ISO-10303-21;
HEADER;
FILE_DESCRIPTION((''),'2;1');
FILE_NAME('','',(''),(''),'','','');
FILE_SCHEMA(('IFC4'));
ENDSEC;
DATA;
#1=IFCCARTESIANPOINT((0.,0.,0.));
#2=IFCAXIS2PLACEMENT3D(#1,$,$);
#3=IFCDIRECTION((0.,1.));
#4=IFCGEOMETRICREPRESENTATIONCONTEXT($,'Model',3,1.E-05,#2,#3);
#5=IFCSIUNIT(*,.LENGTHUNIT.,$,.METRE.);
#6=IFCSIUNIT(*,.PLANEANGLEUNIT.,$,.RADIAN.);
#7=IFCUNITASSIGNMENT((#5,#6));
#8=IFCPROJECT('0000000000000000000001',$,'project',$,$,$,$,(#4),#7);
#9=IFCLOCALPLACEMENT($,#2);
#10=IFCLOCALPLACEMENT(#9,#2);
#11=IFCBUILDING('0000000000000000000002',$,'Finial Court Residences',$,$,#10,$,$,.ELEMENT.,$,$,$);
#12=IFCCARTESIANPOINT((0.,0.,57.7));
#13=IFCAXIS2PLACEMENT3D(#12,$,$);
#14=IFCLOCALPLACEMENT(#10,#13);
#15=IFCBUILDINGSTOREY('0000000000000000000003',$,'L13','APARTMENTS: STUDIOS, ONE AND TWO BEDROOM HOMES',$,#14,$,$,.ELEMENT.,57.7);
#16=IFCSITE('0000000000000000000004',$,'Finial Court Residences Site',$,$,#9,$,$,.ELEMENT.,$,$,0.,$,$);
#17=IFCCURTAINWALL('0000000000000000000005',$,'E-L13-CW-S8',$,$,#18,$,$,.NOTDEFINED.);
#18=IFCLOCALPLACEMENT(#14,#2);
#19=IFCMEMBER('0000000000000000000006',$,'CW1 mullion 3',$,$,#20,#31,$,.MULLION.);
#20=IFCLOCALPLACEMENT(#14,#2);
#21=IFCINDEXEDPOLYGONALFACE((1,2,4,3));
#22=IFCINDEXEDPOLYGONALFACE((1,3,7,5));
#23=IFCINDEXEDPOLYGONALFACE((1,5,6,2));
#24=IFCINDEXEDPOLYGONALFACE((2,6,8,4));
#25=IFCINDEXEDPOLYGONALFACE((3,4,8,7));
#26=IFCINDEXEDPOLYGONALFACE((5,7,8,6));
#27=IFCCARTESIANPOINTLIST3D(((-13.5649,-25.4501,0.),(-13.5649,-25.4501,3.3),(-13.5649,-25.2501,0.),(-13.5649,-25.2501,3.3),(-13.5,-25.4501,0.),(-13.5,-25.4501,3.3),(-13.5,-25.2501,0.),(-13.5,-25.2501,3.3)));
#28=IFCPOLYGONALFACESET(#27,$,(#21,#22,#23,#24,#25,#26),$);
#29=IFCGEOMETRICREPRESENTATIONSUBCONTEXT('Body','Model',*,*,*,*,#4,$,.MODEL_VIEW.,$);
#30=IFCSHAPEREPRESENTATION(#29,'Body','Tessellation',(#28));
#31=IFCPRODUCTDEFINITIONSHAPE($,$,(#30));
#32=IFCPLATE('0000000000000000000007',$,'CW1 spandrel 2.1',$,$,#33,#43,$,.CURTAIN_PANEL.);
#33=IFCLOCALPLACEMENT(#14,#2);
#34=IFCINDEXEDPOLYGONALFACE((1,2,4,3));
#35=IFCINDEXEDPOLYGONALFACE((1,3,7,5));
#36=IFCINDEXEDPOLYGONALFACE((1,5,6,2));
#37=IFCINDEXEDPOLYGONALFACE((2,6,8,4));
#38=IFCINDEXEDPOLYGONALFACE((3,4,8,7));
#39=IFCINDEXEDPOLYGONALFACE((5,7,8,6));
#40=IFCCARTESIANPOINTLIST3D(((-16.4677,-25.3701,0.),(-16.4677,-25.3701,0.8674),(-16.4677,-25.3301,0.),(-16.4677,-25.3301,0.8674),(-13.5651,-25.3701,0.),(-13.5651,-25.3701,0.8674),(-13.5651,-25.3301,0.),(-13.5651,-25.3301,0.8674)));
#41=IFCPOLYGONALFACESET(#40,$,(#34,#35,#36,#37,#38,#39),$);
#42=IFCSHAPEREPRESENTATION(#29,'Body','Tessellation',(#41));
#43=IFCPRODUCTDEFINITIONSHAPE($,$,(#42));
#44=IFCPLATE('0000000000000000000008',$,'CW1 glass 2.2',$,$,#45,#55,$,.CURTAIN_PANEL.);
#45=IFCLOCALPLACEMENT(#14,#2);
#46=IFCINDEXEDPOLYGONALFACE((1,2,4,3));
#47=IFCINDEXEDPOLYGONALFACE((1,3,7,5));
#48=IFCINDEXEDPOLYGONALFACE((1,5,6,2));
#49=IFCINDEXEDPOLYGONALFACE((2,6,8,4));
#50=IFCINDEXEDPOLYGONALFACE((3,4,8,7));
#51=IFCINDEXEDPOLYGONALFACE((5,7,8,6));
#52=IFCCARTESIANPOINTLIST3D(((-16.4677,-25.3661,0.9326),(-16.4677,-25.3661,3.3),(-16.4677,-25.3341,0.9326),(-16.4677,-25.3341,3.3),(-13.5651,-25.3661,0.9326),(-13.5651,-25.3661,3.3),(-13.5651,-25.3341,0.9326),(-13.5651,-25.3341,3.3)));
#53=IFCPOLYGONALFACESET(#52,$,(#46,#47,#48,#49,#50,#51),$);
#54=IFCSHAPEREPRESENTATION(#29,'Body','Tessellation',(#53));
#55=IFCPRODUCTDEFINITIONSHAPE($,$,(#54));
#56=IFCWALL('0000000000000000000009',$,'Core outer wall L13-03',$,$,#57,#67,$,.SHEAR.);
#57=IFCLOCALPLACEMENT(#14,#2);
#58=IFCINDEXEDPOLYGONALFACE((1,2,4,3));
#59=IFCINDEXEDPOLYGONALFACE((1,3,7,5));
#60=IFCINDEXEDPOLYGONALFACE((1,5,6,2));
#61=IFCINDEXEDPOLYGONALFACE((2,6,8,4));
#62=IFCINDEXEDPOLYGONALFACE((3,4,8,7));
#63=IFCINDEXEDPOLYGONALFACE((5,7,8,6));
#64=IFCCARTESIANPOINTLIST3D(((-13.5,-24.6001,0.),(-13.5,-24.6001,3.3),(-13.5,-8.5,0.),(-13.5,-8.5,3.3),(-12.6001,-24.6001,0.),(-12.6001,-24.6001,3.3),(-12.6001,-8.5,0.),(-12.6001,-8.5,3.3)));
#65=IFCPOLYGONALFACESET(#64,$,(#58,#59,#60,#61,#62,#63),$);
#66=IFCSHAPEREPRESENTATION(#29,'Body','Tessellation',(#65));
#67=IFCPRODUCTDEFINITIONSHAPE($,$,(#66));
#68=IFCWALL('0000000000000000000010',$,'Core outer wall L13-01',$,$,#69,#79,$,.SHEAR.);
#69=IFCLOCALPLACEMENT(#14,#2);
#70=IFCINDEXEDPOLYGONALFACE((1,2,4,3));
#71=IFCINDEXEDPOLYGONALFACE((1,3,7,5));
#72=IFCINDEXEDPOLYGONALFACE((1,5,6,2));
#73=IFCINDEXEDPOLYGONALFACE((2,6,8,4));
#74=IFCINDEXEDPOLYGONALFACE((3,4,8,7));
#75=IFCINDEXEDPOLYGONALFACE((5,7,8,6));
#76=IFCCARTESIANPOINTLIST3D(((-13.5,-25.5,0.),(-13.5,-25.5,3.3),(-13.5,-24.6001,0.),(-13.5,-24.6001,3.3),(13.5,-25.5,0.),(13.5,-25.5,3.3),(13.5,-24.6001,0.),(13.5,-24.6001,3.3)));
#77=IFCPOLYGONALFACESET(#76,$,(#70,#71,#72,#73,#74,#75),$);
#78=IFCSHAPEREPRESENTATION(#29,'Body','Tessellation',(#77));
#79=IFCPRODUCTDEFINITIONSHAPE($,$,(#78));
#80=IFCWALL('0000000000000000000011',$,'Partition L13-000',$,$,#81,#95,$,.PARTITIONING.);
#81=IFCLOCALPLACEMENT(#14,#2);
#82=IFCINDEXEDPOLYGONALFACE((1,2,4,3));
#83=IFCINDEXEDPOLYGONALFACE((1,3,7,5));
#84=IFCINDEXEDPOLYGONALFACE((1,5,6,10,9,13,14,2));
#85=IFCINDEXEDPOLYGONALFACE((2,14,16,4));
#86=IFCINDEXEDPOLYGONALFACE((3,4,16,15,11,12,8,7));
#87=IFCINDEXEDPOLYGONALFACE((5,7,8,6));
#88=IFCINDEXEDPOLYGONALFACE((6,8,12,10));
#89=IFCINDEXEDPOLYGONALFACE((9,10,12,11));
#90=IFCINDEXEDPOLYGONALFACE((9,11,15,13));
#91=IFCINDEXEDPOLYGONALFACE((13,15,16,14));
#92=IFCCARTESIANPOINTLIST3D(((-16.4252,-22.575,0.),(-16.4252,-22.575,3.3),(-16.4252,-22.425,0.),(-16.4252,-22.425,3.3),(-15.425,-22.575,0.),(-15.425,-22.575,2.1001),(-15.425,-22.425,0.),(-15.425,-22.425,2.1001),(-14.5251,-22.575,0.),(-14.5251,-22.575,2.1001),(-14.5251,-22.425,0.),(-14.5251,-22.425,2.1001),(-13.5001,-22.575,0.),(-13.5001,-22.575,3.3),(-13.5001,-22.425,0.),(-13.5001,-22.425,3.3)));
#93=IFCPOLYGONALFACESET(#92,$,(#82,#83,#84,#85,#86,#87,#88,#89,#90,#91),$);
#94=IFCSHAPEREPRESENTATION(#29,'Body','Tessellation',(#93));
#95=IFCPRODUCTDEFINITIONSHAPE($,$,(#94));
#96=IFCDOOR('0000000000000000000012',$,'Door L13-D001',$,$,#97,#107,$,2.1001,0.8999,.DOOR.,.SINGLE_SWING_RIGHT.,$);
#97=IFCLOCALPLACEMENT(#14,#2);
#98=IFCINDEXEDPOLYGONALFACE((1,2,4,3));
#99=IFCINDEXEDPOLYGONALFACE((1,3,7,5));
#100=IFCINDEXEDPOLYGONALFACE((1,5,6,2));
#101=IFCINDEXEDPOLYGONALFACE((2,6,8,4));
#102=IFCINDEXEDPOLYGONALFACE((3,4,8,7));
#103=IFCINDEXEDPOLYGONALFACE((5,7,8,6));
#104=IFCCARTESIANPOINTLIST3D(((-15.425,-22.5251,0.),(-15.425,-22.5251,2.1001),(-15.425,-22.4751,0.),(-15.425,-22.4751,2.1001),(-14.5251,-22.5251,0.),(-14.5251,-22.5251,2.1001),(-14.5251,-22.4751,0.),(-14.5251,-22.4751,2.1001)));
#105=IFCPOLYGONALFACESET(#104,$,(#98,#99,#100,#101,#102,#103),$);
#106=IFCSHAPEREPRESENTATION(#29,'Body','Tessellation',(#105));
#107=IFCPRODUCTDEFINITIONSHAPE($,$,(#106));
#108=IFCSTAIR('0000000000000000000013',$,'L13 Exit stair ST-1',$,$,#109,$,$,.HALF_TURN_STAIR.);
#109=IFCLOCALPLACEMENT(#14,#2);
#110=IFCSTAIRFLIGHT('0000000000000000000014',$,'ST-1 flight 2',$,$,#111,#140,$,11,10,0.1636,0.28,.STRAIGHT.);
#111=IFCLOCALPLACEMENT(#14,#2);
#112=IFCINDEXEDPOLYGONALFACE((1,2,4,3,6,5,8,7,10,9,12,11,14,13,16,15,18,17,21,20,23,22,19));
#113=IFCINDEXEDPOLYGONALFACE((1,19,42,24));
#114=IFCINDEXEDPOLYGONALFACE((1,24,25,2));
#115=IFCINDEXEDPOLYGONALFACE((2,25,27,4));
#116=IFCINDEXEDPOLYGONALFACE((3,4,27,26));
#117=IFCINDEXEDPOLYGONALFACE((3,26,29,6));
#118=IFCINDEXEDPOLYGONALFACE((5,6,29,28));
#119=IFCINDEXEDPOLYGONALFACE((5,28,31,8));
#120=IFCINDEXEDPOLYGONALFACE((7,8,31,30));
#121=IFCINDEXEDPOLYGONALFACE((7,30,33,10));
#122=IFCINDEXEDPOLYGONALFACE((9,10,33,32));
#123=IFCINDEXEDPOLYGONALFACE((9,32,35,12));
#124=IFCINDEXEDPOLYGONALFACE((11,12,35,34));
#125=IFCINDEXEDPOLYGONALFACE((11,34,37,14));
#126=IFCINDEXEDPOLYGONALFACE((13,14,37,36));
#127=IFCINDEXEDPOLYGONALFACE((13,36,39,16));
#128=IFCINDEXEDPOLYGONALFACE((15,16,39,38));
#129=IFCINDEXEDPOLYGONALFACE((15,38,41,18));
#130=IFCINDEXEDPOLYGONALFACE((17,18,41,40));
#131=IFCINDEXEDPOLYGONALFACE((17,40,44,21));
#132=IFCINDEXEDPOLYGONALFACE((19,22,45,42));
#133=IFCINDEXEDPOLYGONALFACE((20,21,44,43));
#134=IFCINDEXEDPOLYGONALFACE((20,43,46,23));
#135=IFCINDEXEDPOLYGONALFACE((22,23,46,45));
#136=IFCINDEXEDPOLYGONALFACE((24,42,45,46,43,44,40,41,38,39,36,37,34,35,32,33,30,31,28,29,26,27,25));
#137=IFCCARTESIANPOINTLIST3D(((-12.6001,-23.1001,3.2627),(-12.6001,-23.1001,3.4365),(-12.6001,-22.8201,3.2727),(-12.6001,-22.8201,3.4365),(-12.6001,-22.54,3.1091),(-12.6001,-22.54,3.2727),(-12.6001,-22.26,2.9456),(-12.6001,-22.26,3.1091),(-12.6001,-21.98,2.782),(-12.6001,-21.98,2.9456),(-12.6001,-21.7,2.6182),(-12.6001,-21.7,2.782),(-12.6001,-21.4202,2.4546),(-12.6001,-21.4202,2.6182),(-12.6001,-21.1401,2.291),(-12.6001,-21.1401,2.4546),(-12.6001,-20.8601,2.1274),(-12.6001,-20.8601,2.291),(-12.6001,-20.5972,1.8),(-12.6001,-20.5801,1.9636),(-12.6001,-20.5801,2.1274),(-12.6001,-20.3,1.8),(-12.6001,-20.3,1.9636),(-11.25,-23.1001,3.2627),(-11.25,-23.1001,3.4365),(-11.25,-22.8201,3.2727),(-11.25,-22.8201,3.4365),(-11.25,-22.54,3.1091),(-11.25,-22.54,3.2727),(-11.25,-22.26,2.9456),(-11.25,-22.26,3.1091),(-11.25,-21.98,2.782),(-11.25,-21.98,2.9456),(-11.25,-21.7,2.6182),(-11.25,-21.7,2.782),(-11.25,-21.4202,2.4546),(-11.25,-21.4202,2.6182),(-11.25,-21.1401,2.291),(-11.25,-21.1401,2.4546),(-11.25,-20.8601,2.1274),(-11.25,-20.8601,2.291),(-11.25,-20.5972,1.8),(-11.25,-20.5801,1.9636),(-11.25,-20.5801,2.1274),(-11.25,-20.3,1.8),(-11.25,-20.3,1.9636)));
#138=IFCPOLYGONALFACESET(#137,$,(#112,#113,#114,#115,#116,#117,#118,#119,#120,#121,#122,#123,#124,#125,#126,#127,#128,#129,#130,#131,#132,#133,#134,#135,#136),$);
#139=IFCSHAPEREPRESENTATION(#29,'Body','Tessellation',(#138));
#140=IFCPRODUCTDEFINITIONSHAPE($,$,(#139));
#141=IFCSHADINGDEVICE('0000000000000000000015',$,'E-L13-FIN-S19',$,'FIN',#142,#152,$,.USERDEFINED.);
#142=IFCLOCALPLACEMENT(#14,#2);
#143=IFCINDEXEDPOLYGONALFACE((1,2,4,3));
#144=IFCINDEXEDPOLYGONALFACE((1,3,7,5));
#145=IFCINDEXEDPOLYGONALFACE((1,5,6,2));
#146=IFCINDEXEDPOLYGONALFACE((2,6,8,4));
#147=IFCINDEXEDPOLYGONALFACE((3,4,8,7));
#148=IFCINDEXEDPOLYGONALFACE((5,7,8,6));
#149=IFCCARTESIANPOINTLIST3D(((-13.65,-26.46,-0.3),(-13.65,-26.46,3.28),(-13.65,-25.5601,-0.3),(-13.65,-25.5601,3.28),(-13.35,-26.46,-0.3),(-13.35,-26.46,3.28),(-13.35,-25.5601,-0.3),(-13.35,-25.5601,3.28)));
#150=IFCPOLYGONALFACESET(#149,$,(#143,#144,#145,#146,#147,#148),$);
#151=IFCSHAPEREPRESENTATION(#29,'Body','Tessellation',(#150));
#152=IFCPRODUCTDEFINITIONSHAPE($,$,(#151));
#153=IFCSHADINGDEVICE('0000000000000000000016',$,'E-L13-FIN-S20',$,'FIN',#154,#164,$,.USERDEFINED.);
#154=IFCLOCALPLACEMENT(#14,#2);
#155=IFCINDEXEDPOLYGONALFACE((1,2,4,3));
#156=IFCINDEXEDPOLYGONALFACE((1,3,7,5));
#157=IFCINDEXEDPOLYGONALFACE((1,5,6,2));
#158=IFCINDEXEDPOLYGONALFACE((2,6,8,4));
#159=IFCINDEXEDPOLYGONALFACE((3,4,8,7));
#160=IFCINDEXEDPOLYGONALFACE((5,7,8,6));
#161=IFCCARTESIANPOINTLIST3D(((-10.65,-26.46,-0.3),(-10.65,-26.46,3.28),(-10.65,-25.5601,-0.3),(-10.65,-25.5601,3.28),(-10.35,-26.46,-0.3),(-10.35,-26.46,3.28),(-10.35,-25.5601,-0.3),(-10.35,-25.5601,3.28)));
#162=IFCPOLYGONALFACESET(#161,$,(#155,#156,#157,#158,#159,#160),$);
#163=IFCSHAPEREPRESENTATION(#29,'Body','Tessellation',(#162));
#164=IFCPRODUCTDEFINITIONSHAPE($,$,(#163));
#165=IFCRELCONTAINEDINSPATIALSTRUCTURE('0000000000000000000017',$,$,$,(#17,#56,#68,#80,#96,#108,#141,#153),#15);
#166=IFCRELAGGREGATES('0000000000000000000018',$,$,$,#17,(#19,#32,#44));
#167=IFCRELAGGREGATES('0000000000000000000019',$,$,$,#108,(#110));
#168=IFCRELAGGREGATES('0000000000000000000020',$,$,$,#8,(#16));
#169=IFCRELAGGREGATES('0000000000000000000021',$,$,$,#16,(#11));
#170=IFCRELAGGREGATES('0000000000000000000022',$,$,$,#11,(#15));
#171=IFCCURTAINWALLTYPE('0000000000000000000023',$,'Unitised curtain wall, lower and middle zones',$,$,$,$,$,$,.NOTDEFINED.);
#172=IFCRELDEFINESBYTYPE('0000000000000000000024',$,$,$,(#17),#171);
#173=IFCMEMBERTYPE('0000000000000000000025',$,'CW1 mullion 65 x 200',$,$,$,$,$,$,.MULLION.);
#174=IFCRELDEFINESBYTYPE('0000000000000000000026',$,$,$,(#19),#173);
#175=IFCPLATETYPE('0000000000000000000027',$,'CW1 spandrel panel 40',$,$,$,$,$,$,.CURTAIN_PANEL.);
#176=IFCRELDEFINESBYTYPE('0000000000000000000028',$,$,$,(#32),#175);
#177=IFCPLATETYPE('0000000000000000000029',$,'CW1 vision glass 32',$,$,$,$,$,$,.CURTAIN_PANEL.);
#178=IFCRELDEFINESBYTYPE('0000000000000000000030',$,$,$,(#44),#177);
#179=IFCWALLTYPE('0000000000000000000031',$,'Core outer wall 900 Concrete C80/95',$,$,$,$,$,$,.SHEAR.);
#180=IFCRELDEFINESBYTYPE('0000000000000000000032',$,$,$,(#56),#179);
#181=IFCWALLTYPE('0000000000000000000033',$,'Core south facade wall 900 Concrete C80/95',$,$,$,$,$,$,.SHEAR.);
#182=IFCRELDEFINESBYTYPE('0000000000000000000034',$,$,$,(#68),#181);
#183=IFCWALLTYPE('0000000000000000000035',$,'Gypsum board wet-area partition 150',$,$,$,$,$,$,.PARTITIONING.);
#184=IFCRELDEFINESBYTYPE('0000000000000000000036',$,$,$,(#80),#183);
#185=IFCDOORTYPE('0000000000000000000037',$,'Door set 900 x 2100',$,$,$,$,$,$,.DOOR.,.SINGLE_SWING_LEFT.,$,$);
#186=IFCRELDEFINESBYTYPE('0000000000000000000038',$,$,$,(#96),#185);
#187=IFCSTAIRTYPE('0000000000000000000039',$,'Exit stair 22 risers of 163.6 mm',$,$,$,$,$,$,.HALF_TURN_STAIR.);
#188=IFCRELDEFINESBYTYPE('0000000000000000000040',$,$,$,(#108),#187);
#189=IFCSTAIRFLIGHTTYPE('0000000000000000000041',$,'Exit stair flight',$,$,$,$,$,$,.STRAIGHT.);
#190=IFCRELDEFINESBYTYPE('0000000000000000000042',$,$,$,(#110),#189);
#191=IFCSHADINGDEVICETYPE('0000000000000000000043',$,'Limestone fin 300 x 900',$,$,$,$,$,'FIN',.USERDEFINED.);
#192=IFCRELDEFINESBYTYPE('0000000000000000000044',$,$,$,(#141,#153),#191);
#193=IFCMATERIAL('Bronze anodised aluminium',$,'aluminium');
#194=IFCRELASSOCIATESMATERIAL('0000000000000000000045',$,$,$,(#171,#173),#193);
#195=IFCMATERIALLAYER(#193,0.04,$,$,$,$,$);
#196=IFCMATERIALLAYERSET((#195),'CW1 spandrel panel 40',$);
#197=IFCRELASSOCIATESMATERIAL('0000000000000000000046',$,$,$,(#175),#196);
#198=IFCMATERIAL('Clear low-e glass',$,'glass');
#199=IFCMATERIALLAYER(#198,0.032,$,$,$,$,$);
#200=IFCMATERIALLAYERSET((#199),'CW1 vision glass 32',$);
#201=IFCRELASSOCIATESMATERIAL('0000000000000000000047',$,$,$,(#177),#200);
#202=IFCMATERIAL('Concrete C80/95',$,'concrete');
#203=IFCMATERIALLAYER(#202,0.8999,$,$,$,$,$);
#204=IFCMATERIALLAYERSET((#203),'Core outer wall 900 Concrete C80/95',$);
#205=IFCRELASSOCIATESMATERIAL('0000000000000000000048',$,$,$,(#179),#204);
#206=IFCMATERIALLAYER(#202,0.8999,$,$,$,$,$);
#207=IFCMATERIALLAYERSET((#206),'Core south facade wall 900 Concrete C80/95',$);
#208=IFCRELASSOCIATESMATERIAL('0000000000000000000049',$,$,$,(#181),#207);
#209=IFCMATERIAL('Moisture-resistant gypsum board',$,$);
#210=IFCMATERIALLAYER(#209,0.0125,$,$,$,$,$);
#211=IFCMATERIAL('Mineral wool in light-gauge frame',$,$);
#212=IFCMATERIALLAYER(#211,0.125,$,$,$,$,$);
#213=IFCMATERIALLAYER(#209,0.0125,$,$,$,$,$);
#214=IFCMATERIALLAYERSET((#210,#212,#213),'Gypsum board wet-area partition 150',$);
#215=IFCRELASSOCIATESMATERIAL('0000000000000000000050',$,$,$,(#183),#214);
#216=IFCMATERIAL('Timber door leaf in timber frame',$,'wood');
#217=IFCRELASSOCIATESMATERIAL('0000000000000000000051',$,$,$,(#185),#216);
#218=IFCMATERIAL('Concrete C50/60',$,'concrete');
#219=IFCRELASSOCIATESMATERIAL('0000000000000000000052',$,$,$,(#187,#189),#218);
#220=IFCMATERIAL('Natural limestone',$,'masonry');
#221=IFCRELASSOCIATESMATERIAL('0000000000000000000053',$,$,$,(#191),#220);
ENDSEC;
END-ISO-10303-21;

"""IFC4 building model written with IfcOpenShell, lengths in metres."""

from ifc_helpers import new_model, si_unit, direction, frame, frame_2d, origin, origin_2d, place, context, subcontext, project, spatial, polyline, rectangle, outline, extrude, material, layer, layer_set, material_profile, profile_set, type_object, element, fill, aggregate, save


model = new_model("IFC4")

# Units and contexts
model_context = context("Model", 3, precision=1e-05, world=origin(), true_north=direction((0.0, 1.0)))
body_context = subcontext(model_context, "Body", "Model", "MODEL_VIEW")
ifc_project = project(units=[si_unit("LENGTHUNIT", "METRE"), si_unit("PLANEANGLEUNIT", "RADIAN")], contexts=[model_context])

# Site, building, storey
site_placement = place(None, origin())
site = spatial("IfcSite", under=ifc_project, at=site_placement, Name="Finial Court Residences Site", CompositionType="ELEMENT", RefElevation=0.0)
building_placement = place(site_placement, origin())
building = spatial("IfcBuilding", under=site, at=building_placement, Name="Finial Court Residences", CompositionType="ELEMENT")
storey_placement = place(building_placement, frame((0.0, 0.0, 57.7)))
storey = spatial("IfcBuildingStorey", under=building, at=storey_placement, Name="L13", Description="APARTMENTS: STUDIOS, ONE AND TWO BEDROOM HOMES", CompositionType="ELEMENT", Elevation=57.7)

# Curtain wall, member, plates
ifc_material_1 = material(Name="Bronze anodised aluminium", Category="aluminium")
curtain_wall_type = type_object("IfcCurtainWallType", Name="Unitised curtain wall, lower and middle zones", PredefinedType="NOTDEFINED", material=ifc_material_1)
curtain_wall_placement = place(storey_placement, origin())
curtain_wall = element("IfcCurtainWall", 1, at=curtain_wall_placement, inside=storey, type_object=curtain_wall_type, Name="E-L13-CW-S8", PredefinedType="NOTDEFINED")
ifc_material_profile = material_profile(ifc_material_1, rectangle(XDim=0.2, YDim=0.0649, at=origin_2d()), Name="CW1 mullion 65 x 200")
ifc_profile_set = profile_set([ifc_material_profile], Name="Bronze anodised aluminium")
member_type = type_object("IfcMemberType", Name="CW1 mullion 65 x 200", PredefinedType="MULLION", material=ifc_profile_set)
member_placement = place(storey_placement, frame((-13.5325, -25.3501, 0.0), z_axis=(0.0, 0.0, 1.0), x_axis=(0.0, 1.0, 0.0)))
member = element("IfcMember", 2, at=member_placement, type_object=member_type, Name="CW1 mullion 3", PredefinedType="MULLION", context=body_context, shape_type="SweptSolid", body=[
    extrude(rectangle(XDim=0.2, YDim=0.0649, at=origin_2d()), origin(), (0.0, 0.0, 1.0), 3.3),
])
ifc_layer_1 = layer(ifc_material_1, 0.04)
ifc_layer_set_1 = layer_set([ifc_layer_1], Name="CW1 spandrel panel 40")
plate_type_1 = type_object("IfcPlateType", Name="CW1 spandrel panel 40", PredefinedType="CURTAIN_PANEL", material=ifc_layer_set_1)
plate_1_placement = place(storey_placement, frame((-15.0164, -25.3501, 0.0), z_axis=(0.0, 0.0, 1.0), x_axis=(1.0, 0.0, 0.0)))
plate_1 = element("IfcPlate", 3, at=plate_1_placement, type_object=plate_type_1, Name="CW1 spandrel 2.1", PredefinedType="CURTAIN_PANEL", context=body_context, shape_type="SweptSolid", body=[
    extrude(rectangle(XDim=2.9026, YDim=0.04, at=origin_2d()), origin(), (0.0, 0.0, 1.0), 0.8674),
])
ifc_material_2 = material(Name="Clear low-e glass", Category="glass")
ifc_layer_2 = layer(ifc_material_2, 0.032)
ifc_layer_set_2 = layer_set([ifc_layer_2], Name="CW1 vision glass 32")
plate_type_2 = type_object("IfcPlateType", Name="CW1 vision glass 32", PredefinedType="CURTAIN_PANEL", material=ifc_layer_set_2)
plate_2_placement = place(storey_placement, frame((-15.0164, -25.3501, 0.9326), z_axis=(0.0, 0.0, 1.0), x_axis=(1.0, 0.0, 0.0)))
plate_2 = element("IfcPlate", 4, at=plate_2_placement, type_object=plate_type_2, Name="CW1 glass 2.2", PredefinedType="CURTAIN_PANEL", context=body_context, shape_type="SweptSolid", body=[
    extrude(rectangle(XDim=2.9026, YDim=0.032, at=origin_2d()), origin(), (0.0, 0.0, 1.0), 2.3674),
])
aggregate(curtain_wall, [member, plate_1, plate_2])

# Walls
ifc_material_3 = material(Name="Concrete C80/95", Category="concrete")
ifc_layer_3 = layer(ifc_material_3, 0.8999)
ifc_layer_set_3 = layer_set([ifc_layer_3], Name="Core outer wall 900 Concrete C80/95")
wall_type_1 = type_object("IfcWallType", Name="Core outer wall 900 Concrete C80/95", PredefinedType="SHEAR", material=ifc_layer_set_3)
wall_1_placement = place(storey_placement, frame((-13.05, -24.6001, 0.0), z_axis=(0.0, 0.0, 1.0), x_axis=(0.0, 1.0, 0.0)))
element("IfcWall", 5, at=wall_1_placement, inside=storey, type_object=wall_type_1, Name="Core outer wall L13-03", PredefinedType="SHEAR", context=body_context, shape_type="SweptSolid", body=[
    extrude(rectangle(XDim=16.1001, YDim=0.8999, at=frame_2d((8.05, 0.0))), origin(), (0.0, 0.0, 1.0), 3.3),
])
ifc_layer_4 = layer(ifc_material_3, 0.8999)
ifc_layer_set_4 = layer_set([ifc_layer_4], Name="Core south facade wall 900 Concrete C80/95")
wall_type_2 = type_object("IfcWallType", Name="Core south facade wall 900 Concrete C80/95", PredefinedType="SHEAR", material=ifc_layer_set_4)
wall_2_placement = place(storey_placement, frame((-13.5, -25.05, 0.0), z_axis=(0.0, 0.0, 1.0), x_axis=(1.0, 0.0, 0.0)))
element("IfcWall", 6, at=wall_2_placement, inside=storey, type_object=wall_type_2, Name="Core outer wall L13-01", PredefinedType="SHEAR", context=body_context, shape_type="SweptSolid", body=[
    extrude(rectangle(XDim=27.0, YDim=0.8999, at=frame_2d((13.5, 0.0))), origin(), (0.0, 0.0, 1.0), 3.3),
])

# Wall, opening, door
ifc_material_4 = material(Name="Moisture-resistant gypsum board")
ifc_layer_5 = layer(ifc_material_4, 0.0125)
ifc_material_5 = material(Name="Mineral wool in light-gauge frame")
ifc_layer_6 = layer(ifc_material_5, 0.125)
ifc_layer_7 = layer(ifc_material_4, 0.0125)
ifc_layer_set_5 = layer_set([ifc_layer_5, ifc_layer_6, ifc_layer_7], Name="Gypsum board wet-area partition 150")
wall_type_3 = type_object("IfcWallType", Name="Gypsum board wet-area partition 150", PredefinedType="PARTITIONING", material=ifc_layer_set_5)
wall_3_placement = place(storey_placement, frame((-16.425, -22.5, 0.0), z_axis=(0.0, 0.0, 1.0), x_axis=(1.0, 0.0, 0.0)))
wall_3 = element("IfcWall", 7, at=wall_3_placement, inside=storey, type_object=wall_type_3, Name="Partition L13-000", PredefinedType="PARTITIONING", context=body_context, shape_type="SweptSolid", body=[
    extrude(rectangle(XDim=2.925, YDim=0.1499, at=frame_2d((1.4624, 0.0))), origin(), (0.0, 0.0, 1.0), 3.3),
])
opening_placement = place(wall_3_placement, frame((1.0, 0.0, 0.0)))
opening = element("IfcOpeningElement", 8, at=opening_placement, cuts=wall_3, PredefinedType="OPENING", context=body_context, shape_type="SweptSolid", body=[
    extrude(rectangle(XDim=0.8999, YDim=2.1001, at=frame_2d((0.45, 1.05))), frame((0.0, 0.085, 0.0), z_axis=(0.0, -1.0, 0.0), x_axis=(1.0, 0.0, 0.0)), (0.0, 0.0, 1.0), 0.1699),
])
ifc_material_6 = material(Name="Timber door leaf in timber frame", Category="wood")
door_type = type_object("IfcDoorType", Name="Door set 900 x 2100", OperationType="SINGLE_SWING_LEFT", PredefinedType="DOOR", material=ifc_material_6)
door_placement = place(opening_placement, origin())
door = element("IfcDoor", 9, at=door_placement, inside=storey, type_object=door_type, Name="Door L13-D001", OperationType="SINGLE_SWING_RIGHT", OverallHeight=2.1001, OverallWidth=0.8999, PredefinedType="DOOR", context=body_context, shape_type="SweptSolid", body=[
    extrude(rectangle(XDim=0.8999, YDim=2.1001, at=frame_2d((0.45, 1.05))), frame((0.0, 0.0249, 0.0), z_axis=(0.0, -1.0, 0.0), x_axis=(1.0, 0.0, 0.0)), (0.0, 0.0, 1.0), 0.05),
])
fill(opening, door)

# Stair, stair flight
ifc_material_7 = material(Name="Concrete C50/60", Category="concrete")
stair_type = type_object("IfcStairType", Name="Exit stair 22 risers of 163.6 mm", PredefinedType="HALF_TURN_STAIR", material=ifc_material_7)
stair_placement = place(storey_placement, origin())
stair = element("IfcStair", 10, at=stair_placement, inside=storey, type_object=stair_type, Name="L13 Exit stair ST-1", PredefinedType="HALF_TURN_STAIR")
stair_flight_type = type_object("IfcStairFlightType", Name="Exit stair flight", PredefinedType="STRAIGHT", material=ifc_material_7)
stair_flight_placement = place(storey_placement, frame((-11.925, -20.3, 1.8), z_axis=(0.0, 0.0, 1.0), x_axis=(0.0, -1.0, 0.0)))
stair_flight = element("IfcStairFlight", 11, at=stair_flight_placement, type_object=stair_flight_type, Name="ST-1 flight 2", NumberOfRisers=11, NumberOfTreads=10, PredefinedType="STRAIGHT", RiserHeight=0.1636, TreadLength=0.28, context=body_context, shape_type="SweptSolid", body=[
    extrude(outline(polyline([(0.0, 0.0), (0.0, 0.1636), (0.28, 0.1636), (0.28, 0.3274), (0.5601, 0.3274), (0.5601, 0.491), (0.8401, 0.491), (0.8401, 0.6545), (1.1201, 0.6545), (1.1201, 0.8181), (1.3999, 0.8181), (1.3999, 0.9819), (1.6799, 0.9819), (1.6799, 1.1455), (1.96, 1.1455), (1.96, 1.3091), (2.24, 1.3091), (2.24, 1.4727), (2.52, 1.4727), (2.52, 1.6365), (2.8, 1.6365), (2.8, 1.8), (2.8, 1.4626), (0.2971, 0.0), (0.0, 0.0)])), frame((0.0, 0.675, 0.0), z_axis=(0.0, -1.0, 0.0), x_axis=(1.0, 0.0, 0.0)), (0.0, 0.0, 1.0), 1.3501),
])
aggregate(stair, [stair_flight])

# Shading devices
ifc_material_8 = material(Name="Natural limestone", Category="masonry")
shading_device_type = type_object("IfcShadingDeviceType", Name="Limestone fin 300 x 900", ElementType="FIN", PredefinedType="USERDEFINED", material=ifc_material_8)
for number, where, z_axis, x_axis, name in (
    (12, (-13.5, -26.01, -0.3), (0.0, 0.0, 1.0), (1.0, 0.0, 0.0), "E-L13-FIN-S19"),
    (13, (-10.5, -26.01, -0.3), (0.0, 0.0, 1.0), (1.0, 0.0, 0.0), "E-L13-FIN-S20"),
):
    element("IfcShadingDevice", number, at=place(storey_placement, frame(where, z_axis=z_axis, x_axis=x_axis)), inside=storey, type_object=shading_device_type, Name=name, ObjectType="FIN", PredefinedType="USERDEFINED", context=body_context, shape_type="SweptSolid", body=[
        extrude(rectangle(XDim=0.3, YDim=0.8999, at=origin_2d()), origin(), (0.0, 0.0, 1.0), 3.5801),
    ])

save(model, "model.ifc")
